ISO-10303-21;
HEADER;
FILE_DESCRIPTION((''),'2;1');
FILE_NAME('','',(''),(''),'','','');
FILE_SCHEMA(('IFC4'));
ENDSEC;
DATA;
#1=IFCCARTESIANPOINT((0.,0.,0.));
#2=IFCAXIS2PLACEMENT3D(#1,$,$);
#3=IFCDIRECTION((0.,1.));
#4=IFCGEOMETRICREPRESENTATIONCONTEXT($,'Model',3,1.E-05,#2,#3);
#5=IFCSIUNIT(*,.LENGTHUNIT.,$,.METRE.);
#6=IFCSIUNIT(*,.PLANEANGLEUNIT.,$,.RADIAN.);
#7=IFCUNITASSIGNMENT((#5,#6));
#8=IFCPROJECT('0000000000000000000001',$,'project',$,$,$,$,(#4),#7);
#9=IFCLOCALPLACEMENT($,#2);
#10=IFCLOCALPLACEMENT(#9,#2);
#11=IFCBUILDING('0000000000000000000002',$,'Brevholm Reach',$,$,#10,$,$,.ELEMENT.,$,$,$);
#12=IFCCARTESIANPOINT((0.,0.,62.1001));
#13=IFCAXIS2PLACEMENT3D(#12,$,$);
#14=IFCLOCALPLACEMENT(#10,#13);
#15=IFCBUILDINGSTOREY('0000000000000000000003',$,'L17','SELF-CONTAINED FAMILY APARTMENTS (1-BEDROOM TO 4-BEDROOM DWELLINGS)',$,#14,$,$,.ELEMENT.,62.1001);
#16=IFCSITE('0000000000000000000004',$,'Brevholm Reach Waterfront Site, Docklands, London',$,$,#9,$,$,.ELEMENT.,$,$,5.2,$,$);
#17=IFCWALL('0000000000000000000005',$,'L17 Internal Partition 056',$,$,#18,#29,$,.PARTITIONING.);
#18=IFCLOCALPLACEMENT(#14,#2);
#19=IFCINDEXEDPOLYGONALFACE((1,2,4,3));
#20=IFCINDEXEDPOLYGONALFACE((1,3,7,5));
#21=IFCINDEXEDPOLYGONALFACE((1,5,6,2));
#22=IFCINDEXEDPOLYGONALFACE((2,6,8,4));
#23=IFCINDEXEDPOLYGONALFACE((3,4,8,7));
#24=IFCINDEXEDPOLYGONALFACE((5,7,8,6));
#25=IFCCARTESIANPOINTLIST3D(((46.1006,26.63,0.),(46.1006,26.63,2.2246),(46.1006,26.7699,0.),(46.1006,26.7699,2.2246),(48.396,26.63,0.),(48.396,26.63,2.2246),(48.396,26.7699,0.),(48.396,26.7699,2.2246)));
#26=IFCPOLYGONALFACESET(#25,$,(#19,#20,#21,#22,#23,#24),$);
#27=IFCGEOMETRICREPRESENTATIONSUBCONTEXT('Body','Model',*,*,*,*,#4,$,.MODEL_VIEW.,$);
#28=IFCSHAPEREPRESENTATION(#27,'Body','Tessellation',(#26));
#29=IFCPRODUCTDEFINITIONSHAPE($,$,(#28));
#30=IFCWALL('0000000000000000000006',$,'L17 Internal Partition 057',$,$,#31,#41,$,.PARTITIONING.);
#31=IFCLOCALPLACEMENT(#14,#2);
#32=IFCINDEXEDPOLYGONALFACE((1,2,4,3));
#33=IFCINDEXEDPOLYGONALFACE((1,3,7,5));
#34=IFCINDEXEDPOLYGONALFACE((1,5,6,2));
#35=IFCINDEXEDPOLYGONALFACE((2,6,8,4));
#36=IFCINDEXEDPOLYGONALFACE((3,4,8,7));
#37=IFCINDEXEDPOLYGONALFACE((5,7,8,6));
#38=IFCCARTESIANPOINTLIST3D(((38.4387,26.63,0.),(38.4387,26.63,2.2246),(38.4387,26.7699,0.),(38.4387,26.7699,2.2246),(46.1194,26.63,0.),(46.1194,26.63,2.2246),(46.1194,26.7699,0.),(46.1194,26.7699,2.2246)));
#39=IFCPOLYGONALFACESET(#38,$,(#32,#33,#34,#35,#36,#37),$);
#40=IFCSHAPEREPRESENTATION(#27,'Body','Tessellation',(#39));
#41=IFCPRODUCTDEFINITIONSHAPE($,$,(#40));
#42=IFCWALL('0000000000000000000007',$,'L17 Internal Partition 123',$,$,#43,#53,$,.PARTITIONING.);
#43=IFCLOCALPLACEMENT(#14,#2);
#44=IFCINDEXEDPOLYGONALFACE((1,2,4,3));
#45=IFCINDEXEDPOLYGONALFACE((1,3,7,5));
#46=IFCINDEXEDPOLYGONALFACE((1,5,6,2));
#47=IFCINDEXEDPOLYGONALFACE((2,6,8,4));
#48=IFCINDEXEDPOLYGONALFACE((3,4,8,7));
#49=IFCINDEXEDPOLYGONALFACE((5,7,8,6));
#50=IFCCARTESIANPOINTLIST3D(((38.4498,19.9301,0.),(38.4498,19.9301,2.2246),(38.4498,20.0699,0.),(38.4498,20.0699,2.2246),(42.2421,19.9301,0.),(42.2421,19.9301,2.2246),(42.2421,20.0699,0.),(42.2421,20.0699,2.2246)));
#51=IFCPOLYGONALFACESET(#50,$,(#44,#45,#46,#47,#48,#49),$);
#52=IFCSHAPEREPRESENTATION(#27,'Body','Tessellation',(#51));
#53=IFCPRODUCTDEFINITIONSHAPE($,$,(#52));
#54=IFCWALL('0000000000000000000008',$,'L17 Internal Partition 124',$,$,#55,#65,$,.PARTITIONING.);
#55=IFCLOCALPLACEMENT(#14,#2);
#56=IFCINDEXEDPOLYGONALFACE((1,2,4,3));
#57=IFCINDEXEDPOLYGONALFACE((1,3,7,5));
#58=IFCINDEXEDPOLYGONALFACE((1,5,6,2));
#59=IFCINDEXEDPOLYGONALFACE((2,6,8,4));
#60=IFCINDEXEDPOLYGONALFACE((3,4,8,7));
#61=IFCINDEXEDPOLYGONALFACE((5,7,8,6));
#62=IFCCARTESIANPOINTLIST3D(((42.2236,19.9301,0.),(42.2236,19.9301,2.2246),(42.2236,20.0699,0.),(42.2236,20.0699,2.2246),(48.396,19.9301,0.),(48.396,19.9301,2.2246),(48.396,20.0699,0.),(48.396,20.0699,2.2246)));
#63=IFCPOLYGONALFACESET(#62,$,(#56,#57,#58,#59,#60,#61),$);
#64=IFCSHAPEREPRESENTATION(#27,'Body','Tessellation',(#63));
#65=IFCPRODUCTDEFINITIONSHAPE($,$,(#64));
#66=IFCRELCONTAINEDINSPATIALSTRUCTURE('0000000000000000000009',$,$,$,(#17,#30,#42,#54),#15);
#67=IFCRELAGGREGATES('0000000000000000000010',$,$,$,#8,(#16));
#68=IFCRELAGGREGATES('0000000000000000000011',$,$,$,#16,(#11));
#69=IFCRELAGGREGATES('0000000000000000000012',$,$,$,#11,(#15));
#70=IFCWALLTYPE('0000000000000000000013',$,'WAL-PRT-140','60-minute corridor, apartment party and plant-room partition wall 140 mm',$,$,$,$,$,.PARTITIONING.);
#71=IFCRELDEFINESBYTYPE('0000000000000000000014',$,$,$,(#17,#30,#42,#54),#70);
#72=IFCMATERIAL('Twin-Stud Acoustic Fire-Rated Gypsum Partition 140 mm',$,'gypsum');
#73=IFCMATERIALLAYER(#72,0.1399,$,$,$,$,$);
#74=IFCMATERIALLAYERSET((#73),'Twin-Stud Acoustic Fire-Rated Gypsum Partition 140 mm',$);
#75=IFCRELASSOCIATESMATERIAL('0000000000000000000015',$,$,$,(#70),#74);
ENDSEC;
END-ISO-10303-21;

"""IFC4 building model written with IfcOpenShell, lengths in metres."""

from ifc_helpers import new_model, si_unit, direction, frame, frame_2d, origin, place, context, subcontext, project, spatial, rectangle, extrude, material, layer, layer_set, type_object, element, save


model = new_model("IFC4")

# Units and contexts
model_context = context("Model", 3, precision=1e-05, world=origin(), true_north=direction((0.0, 1.0)))
body_context = subcontext(model_context, "Body", "Model", "MODEL_VIEW")
ifc_project = project(units=[si_unit("LENGTHUNIT", "METRE"), si_unit("PLANEANGLEUNIT", "RADIAN")], contexts=[model_context])

# Site, building, storey
site_placement = place(None, origin())
site = spatial("IfcSite", under=ifc_project, at=site_placement, Name="Brevholm Reach Waterfront Site, Docklands, London", CompositionType="ELEMENT", RefElevation=5.2)
building_placement = place(site_placement, origin())
building = spatial("IfcBuilding", under=site, at=building_placement, Name="Brevholm Reach", CompositionType="ELEMENT")
storey_placement = place(building_placement, frame((0.0, 0.0, 62.1001)))
storey = spatial("IfcBuildingStorey", under=building, at=storey_placement, Name="L17", Description="SELF-CONTAINED FAMILY APARTMENTS (1-BEDROOM TO 4-BEDROOM DWELLINGS)", CompositionType="ELEMENT", Elevation=62.1001)

# Walls
ifc_material_1 = material(Name="Twin-Stud Acoustic Fire-Rated Gypsum Partition 140 mm", Category="gypsum")
ifc_layer_1 = layer(ifc_material_1, 0.1399)
ifc_layer_set_1 = layer_set([ifc_layer_1], Name="Twin-Stud Acoustic Fire-Rated Gypsum Partition 140 mm")
wall_type_1 = type_object("IfcWallType", Name="WAL-PRT-140", Description="60-minute corridor, apartment party and plant-room partition wall 140 mm", PredefinedType="PARTITIONING", material=ifc_layer_set_1)
wall_1_placement = place(storey_placement, frame((46.1006, 26.7, 0.0), z_axis=(0.0, 0.0, 1.0), x_axis=(1.0, 0.0, 0.0)))
element("IfcWall", 1, at=wall_1_placement, inside=storey, type_object=wall_type_1, Name="L17 Internal Partition 056", PredefinedType="PARTITIONING", context=body_context, shape_type="SweptSolid", body=[
    extrude(rectangle(XDim=2.2954, YDim=0.1399, at=frame_2d((1.1477, 0.0))), origin(), (0.0, 0.0, 1.0), 2.2246),
])
wall_2_placement = place(storey_placement, frame((38.4387, 26.7, 0.0), z_axis=(0.0, 0.0, 1.0), x_axis=(1.0, 0.0, 0.0)))
element("IfcWall", 2, at=wall_2_placement, inside=storey, type_object=wall_type_1, Name="L17 Internal Partition 057", PredefinedType="PARTITIONING", context=body_context, shape_type="SweptSolid", body=[
    extrude(rectangle(XDim=7.6807, YDim=0.1399, at=frame_2d((3.8403, 0.0))), origin(), (0.0, 0.0, 1.0), 2.2246),
])
wall_3_placement = place(storey_placement, frame((38.45, 20.0, 0.0), z_axis=(0.0, 0.0, 1.0), x_axis=(1.0, 0.0, 0.0)))
element("IfcWall", 3, at=wall_3_placement, inside=storey, type_object=wall_type_1, Name="L17 Internal Partition 123", PredefinedType="PARTITIONING", context=body_context, shape_type="SweptSolid", body=[
    extrude(rectangle(XDim=3.7922, YDim=0.1399, at=frame_2d((1.896, 0.0))), origin(), (0.0, 0.0, 1.0), 2.2246),
])
wall_4_placement = place(storey_placement, frame((42.2236, 20.0, 0.0), z_axis=(0.0, 0.0, 1.0), x_axis=(1.0, 0.0, 0.0)))
element("IfcWall", 4, at=wall_4_placement, inside=storey, type_object=wall_type_1, Name="L17 Internal Partition 124", PredefinedType="PARTITIONING", context=body_context, shape_type="SweptSolid", body=[
    extrude(rectangle(XDim=6.1724, YDim=0.1399, at=frame_2d((3.0862, 0.0))), origin(), (0.0, 0.0, 1.0), 2.2246),
])

save(model, "model.ifc")
